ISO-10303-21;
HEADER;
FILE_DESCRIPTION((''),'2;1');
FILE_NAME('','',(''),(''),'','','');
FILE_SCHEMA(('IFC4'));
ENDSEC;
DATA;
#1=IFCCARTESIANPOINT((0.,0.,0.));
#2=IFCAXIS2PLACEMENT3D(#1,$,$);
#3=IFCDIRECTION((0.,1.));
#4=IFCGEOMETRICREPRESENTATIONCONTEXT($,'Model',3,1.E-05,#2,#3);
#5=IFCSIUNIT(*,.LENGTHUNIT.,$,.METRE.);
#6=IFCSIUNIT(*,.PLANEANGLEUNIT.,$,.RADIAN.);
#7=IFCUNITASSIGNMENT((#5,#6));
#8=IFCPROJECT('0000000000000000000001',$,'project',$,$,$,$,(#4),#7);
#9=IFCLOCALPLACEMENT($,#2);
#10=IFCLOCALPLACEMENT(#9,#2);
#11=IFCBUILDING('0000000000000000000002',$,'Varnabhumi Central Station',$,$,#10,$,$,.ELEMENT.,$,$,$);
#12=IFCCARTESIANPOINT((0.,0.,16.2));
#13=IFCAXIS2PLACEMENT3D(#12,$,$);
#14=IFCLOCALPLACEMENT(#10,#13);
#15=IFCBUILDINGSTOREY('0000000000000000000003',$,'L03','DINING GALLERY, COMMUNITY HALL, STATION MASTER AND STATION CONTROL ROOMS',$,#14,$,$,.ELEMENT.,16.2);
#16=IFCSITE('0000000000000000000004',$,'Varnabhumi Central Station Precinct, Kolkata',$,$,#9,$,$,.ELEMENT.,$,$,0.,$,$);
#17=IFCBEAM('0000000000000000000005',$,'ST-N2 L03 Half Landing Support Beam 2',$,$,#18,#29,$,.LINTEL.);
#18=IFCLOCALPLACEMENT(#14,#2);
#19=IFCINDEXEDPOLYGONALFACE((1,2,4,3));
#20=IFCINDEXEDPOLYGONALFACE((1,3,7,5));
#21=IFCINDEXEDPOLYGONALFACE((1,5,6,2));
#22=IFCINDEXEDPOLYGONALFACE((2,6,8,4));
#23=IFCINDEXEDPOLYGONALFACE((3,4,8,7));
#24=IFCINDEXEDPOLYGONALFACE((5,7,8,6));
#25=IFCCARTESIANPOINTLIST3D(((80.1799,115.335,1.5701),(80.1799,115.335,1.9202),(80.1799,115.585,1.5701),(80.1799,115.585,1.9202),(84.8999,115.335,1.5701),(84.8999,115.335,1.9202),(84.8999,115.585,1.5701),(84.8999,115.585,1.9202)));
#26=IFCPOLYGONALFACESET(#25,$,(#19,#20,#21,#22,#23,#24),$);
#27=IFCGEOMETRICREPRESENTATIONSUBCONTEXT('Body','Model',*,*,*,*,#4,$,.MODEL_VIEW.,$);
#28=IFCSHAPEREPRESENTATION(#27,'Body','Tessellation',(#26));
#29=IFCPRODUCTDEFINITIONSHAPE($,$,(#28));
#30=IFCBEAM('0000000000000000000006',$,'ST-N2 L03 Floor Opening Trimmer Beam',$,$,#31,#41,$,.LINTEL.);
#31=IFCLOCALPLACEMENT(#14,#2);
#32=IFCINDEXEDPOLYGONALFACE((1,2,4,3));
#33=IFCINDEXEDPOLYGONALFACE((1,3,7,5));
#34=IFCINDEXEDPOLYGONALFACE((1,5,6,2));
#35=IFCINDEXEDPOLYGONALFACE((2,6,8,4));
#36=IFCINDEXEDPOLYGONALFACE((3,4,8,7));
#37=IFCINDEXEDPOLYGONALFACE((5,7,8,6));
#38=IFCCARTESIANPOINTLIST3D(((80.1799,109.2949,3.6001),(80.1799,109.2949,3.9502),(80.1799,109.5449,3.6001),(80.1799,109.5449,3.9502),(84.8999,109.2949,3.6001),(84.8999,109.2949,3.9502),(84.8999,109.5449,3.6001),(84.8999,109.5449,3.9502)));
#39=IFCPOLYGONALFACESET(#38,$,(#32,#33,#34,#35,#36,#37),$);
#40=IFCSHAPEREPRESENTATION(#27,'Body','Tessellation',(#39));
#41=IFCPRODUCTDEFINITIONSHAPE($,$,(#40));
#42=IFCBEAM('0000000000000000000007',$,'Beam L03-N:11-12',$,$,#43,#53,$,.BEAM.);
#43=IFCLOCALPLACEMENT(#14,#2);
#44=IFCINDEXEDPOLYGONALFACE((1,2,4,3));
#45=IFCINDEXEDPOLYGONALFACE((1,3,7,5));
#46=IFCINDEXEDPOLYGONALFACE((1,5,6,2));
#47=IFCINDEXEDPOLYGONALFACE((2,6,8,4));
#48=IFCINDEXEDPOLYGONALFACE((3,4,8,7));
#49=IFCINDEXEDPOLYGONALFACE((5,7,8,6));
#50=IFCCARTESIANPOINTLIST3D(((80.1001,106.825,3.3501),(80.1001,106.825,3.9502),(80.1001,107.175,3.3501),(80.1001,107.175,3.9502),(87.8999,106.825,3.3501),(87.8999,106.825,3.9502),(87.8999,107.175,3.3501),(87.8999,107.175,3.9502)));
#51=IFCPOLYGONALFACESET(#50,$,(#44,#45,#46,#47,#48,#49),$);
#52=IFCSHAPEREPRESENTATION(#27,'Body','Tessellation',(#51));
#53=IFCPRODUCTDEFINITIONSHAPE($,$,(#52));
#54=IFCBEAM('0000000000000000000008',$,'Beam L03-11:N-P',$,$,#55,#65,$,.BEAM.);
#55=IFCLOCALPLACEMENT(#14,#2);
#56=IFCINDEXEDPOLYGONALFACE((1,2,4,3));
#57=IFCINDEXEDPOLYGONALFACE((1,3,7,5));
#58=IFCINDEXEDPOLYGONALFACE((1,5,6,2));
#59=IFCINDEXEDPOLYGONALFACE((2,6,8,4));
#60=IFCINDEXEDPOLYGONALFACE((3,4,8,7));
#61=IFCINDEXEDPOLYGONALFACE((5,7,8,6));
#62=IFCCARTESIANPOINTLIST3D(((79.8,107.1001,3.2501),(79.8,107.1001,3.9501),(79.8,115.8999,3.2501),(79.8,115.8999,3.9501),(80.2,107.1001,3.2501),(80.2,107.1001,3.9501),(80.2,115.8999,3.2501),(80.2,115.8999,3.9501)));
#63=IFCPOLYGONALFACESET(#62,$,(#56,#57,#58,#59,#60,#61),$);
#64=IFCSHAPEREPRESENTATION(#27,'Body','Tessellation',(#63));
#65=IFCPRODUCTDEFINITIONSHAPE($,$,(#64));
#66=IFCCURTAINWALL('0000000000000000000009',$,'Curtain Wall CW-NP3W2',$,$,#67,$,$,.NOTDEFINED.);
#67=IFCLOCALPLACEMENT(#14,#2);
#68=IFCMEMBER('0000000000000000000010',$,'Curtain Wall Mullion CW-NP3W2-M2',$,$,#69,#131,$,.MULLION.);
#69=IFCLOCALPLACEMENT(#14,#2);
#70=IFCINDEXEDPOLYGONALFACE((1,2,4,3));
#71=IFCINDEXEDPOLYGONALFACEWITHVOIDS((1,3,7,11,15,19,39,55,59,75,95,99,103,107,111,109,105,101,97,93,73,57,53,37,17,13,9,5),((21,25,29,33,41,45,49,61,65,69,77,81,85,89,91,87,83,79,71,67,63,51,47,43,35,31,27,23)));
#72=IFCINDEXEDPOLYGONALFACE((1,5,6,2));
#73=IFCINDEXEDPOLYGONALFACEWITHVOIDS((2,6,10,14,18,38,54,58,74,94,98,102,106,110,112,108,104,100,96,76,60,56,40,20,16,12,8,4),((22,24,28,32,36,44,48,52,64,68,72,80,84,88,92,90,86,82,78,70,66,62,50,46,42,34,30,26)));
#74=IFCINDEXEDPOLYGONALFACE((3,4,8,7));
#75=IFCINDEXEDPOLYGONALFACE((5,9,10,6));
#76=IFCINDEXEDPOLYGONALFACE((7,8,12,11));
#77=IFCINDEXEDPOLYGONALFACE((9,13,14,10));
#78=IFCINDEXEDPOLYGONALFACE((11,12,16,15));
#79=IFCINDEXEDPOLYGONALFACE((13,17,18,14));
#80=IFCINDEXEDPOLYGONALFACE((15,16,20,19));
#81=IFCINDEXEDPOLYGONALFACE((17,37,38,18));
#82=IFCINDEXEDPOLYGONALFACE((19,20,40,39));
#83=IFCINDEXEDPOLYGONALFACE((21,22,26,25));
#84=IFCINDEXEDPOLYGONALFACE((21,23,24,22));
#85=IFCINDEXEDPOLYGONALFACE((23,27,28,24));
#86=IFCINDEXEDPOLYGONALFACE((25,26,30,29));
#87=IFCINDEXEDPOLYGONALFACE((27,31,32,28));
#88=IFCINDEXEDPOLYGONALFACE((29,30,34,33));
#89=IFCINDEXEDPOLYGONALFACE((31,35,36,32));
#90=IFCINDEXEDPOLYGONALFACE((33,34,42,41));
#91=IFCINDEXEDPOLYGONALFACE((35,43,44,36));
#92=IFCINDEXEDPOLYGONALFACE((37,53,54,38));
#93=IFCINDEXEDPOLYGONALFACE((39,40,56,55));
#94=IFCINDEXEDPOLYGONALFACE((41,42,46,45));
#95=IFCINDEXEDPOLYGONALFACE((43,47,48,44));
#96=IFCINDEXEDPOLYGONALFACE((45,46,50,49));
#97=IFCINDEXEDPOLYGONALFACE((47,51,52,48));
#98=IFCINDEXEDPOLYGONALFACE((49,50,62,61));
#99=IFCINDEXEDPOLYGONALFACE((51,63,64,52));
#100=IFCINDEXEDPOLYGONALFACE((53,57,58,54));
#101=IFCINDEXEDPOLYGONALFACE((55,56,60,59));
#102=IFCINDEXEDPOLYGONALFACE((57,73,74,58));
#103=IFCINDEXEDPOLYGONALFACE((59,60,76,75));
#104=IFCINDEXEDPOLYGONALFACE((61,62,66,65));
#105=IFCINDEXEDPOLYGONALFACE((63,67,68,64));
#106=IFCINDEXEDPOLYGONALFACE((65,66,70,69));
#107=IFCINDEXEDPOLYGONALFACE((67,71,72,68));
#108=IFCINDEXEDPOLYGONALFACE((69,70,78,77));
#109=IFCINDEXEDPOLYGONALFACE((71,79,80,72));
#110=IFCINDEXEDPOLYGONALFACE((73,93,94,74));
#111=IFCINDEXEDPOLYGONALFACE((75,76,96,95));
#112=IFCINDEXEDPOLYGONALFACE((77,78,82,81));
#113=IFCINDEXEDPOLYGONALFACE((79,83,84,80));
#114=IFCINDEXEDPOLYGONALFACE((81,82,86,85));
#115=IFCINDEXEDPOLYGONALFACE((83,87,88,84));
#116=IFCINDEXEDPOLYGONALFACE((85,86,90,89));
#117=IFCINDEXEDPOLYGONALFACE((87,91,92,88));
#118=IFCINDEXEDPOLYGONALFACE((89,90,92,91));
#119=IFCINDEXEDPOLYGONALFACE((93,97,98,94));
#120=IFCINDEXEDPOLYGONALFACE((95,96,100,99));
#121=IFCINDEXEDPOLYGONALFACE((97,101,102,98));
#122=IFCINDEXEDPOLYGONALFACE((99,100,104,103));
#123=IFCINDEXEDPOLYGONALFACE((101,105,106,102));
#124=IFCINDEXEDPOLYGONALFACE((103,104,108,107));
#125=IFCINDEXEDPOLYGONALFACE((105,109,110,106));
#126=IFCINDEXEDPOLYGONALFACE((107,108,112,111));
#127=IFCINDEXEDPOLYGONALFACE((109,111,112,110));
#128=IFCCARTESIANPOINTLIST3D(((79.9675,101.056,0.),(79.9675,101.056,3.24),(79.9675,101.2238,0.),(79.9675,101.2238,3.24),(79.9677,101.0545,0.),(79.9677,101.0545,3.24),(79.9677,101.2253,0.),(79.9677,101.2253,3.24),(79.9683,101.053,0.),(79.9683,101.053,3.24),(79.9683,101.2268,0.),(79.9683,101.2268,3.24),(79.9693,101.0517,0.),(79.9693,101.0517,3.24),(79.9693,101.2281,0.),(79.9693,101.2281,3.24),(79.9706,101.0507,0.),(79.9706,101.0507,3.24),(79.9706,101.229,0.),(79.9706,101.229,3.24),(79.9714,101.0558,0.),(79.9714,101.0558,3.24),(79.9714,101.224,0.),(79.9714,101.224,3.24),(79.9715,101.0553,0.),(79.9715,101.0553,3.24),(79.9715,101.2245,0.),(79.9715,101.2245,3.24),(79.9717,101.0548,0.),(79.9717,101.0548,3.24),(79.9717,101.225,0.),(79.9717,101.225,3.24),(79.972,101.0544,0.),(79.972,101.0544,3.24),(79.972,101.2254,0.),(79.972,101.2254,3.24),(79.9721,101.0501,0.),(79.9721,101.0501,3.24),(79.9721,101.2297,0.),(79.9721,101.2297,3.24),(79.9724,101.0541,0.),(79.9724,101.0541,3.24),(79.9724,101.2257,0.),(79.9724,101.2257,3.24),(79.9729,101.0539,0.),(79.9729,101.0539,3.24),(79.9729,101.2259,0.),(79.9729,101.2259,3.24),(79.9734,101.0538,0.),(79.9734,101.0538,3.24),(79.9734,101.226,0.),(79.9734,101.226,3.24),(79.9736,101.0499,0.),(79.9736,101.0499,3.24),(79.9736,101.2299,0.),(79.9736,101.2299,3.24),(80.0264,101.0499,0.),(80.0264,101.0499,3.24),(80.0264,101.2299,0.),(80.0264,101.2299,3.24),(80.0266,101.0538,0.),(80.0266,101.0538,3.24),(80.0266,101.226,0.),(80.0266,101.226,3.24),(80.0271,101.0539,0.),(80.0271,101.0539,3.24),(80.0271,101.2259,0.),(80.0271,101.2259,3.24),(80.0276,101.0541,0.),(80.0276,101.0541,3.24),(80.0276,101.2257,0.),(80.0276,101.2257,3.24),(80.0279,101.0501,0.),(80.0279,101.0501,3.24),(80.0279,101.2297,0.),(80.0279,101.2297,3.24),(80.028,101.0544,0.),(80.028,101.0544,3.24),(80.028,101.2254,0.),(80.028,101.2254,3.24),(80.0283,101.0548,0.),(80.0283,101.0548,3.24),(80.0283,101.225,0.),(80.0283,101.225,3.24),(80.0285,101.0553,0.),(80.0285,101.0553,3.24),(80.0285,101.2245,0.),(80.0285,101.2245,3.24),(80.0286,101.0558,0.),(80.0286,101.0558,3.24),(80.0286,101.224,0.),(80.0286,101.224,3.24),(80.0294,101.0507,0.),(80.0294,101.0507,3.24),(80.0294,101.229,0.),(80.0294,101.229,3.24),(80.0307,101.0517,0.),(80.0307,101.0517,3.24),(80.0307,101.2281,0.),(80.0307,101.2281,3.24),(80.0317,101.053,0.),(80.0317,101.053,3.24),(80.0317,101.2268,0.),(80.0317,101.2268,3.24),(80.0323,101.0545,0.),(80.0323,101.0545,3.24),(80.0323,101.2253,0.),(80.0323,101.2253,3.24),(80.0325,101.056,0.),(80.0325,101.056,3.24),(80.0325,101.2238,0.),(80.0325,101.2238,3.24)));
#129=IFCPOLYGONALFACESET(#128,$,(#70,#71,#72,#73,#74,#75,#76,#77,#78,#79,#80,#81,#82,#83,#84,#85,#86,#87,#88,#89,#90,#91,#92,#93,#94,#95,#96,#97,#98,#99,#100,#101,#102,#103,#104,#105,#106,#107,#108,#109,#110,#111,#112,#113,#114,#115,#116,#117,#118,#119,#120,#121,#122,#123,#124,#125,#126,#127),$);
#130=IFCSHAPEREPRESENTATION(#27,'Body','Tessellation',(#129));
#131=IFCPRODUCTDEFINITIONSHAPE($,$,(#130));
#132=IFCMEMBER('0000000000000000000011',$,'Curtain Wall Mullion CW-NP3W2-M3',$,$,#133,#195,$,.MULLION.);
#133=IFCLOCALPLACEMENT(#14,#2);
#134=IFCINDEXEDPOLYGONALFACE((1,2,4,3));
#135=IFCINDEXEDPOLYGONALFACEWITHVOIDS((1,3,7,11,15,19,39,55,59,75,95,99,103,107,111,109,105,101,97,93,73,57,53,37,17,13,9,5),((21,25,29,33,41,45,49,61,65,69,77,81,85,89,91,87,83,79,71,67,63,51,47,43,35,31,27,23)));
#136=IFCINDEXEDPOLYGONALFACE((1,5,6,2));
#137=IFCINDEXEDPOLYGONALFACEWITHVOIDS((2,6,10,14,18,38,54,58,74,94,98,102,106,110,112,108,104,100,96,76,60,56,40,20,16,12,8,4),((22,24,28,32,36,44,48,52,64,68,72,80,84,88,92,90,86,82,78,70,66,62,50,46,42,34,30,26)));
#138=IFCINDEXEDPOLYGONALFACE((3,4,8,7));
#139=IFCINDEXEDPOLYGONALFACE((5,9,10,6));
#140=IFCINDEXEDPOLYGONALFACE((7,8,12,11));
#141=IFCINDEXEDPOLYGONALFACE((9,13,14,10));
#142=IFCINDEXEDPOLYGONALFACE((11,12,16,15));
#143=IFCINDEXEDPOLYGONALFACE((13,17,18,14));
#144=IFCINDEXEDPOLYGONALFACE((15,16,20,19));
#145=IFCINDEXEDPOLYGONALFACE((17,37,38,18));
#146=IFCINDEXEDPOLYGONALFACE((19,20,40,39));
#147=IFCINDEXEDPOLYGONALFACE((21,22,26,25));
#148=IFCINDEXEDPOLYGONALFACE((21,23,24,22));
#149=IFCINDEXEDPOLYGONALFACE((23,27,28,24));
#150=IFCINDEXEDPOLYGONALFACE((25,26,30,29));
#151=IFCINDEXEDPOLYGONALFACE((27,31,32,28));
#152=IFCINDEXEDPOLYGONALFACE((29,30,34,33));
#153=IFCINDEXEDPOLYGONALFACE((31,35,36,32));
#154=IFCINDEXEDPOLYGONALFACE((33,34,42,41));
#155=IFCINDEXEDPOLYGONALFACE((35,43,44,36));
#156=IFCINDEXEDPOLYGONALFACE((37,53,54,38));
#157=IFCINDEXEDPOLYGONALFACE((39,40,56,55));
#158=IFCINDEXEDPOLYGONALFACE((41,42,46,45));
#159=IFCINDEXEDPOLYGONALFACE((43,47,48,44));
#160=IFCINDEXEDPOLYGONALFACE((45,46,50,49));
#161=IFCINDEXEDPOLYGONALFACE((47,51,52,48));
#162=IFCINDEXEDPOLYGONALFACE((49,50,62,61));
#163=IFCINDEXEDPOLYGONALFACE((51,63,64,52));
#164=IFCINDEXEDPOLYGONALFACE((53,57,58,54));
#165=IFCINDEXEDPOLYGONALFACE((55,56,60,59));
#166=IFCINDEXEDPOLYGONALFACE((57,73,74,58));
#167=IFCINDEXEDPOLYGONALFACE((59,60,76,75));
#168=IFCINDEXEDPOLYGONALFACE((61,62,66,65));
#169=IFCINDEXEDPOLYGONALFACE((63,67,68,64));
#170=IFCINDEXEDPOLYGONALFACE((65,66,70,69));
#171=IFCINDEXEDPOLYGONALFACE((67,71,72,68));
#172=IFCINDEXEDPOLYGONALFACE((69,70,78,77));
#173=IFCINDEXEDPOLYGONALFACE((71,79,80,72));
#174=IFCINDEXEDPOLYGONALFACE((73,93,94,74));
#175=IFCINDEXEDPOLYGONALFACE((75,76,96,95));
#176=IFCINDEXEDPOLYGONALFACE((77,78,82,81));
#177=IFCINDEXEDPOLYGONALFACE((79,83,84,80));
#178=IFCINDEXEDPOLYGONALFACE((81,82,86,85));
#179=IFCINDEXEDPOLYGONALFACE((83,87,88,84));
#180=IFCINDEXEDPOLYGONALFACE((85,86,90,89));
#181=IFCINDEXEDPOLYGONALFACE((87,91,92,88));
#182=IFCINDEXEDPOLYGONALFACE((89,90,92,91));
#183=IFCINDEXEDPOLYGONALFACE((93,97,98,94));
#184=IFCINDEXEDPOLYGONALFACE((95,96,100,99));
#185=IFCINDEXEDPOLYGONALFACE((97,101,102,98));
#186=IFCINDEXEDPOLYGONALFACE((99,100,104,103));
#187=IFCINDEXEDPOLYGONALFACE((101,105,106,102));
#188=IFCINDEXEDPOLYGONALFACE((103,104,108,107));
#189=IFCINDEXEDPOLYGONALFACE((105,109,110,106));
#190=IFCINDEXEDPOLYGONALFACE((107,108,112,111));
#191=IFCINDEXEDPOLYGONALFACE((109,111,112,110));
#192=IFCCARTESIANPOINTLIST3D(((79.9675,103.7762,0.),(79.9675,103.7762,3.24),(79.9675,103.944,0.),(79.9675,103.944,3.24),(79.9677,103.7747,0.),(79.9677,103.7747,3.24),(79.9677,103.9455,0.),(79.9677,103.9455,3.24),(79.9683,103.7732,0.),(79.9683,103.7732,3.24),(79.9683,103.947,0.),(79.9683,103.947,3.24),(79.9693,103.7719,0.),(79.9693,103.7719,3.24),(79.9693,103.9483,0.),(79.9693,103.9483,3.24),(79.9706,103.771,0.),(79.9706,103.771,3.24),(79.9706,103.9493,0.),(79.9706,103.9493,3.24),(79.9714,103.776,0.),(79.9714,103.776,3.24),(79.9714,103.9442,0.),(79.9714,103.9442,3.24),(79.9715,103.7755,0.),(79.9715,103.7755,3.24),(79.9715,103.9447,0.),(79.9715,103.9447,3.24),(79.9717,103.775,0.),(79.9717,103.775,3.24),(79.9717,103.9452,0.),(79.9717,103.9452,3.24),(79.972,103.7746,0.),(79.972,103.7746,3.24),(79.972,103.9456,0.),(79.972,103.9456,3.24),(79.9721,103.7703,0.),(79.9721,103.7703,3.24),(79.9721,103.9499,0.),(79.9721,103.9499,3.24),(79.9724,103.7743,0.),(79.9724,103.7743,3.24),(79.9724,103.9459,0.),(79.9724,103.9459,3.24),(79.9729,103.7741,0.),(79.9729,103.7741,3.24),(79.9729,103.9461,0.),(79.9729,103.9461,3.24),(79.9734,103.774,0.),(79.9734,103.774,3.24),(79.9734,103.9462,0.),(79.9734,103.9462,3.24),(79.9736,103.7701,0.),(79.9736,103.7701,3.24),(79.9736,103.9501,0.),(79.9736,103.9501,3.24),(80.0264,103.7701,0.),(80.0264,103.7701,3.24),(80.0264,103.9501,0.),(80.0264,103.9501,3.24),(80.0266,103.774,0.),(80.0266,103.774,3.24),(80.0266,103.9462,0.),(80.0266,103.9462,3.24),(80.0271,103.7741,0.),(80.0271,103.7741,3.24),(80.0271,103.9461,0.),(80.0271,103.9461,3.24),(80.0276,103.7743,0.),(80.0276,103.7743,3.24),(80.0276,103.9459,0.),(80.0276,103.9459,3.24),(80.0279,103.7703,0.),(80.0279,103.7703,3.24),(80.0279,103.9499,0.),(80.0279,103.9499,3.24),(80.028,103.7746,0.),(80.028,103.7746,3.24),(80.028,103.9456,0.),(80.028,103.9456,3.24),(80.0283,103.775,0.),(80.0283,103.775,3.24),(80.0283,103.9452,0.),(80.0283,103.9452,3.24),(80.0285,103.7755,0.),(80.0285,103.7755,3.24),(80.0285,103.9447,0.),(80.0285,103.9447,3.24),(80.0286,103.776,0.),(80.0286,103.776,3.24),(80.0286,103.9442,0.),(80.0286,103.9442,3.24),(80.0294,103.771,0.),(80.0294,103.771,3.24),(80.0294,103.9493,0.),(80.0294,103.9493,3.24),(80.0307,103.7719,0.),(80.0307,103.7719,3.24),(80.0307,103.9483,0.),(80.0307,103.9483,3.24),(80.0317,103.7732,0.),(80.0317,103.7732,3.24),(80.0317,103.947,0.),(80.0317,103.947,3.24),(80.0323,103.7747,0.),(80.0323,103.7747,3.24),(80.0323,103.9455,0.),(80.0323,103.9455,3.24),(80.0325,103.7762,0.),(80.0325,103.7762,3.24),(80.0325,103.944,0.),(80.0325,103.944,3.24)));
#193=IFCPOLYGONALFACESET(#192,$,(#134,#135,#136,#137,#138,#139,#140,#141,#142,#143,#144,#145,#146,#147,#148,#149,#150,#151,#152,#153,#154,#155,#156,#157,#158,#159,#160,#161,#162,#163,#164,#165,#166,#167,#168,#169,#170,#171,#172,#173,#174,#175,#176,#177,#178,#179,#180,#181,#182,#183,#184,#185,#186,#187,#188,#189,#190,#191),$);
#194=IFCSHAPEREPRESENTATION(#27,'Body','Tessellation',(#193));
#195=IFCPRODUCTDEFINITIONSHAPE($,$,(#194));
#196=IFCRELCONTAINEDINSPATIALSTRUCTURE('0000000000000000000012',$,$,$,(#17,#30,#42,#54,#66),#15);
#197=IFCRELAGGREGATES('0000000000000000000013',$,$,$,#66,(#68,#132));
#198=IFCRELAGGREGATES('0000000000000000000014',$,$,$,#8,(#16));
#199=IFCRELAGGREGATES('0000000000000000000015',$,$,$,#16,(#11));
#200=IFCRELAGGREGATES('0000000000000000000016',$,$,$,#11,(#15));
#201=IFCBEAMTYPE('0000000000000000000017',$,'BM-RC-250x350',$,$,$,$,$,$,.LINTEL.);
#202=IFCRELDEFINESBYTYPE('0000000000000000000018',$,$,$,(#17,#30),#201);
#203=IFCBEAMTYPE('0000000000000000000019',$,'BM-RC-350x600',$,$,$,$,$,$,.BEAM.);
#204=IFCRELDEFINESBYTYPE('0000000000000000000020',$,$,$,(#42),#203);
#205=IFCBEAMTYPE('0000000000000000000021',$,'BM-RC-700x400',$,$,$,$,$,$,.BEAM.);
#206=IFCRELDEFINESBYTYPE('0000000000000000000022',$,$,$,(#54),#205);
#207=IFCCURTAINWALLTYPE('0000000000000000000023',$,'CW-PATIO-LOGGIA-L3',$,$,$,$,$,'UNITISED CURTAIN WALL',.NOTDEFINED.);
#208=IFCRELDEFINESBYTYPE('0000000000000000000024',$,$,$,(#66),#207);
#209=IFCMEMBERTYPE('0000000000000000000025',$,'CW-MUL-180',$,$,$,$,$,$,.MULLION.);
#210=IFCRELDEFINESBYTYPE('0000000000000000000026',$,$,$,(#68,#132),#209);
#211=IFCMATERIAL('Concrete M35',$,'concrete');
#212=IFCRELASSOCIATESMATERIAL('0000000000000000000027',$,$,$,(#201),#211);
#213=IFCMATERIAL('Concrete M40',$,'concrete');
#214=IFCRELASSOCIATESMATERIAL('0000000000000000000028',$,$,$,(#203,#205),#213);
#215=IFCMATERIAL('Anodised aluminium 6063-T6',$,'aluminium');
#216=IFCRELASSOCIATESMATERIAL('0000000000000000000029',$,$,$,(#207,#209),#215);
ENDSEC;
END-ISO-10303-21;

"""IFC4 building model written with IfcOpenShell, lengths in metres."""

from ifc_helpers import new_model, si_unit, direction, frame, origin, origin_2d, place, context, subcontext, project, spatial, rectangle, hollow_rectangle, extrude, material, material_profile, profile_set, type_object, element, aggregate, save


model = new_model("IFC4")

# Units and contexts
model_context = context("Model", 3, precision=1e-05, world=origin(), true_north=direction((0.0, 1.0)))
body_context = subcontext(model_context, "Body", "Model", "MODEL_VIEW")
ifc_project = project(units=[si_unit("LENGTHUNIT", "METRE"), si_unit("PLANEANGLEUNIT", "RADIAN")], contexts=[model_context])

# Site, building, storey
site_placement = place(None, origin())
site = spatial("IfcSite", under=ifc_project, at=site_placement, Name="Varnabhumi Central Station Precinct, Kolkata", CompositionType="ELEMENT", RefElevation=0.0)
building_placement = place(site_placement, origin())
building = spatial("IfcBuilding", under=site, at=building_placement, Name="Varnabhumi Central Station", CompositionType="ELEMENT")
storey_placement = place(building_placement, frame((0.0, 0.0, 16.2)))
storey = spatial("IfcBuildingStorey", under=building, at=storey_placement, Name="L03", Description="DINING GALLERY, COMMUNITY HALL, STATION MASTER AND STATION CONTROL ROOMS", CompositionType="ELEMENT", Elevation=16.2)

# Shared definitions
ifc_material_1 = material(Name="Concrete M40", Category="concrete")

# Beams
ifc_material_2 = material(Name="Concrete M35", Category="concrete")
ifc_material_profile_1 = material_profile(ifc_material_2, rectangle(XDim=0.25, YDim=0.3501, at=origin_2d()), Name="Concrete M35", Category="concrete")
ifc_profile_set_1 = profile_set([ifc_material_profile_1], Name="Concrete M35")
beam_type_1 = type_object("IfcBeamType", Name="BM-RC-250x350", PredefinedType="LINTEL", material=ifc_profile_set_1)
for number, where, z_axis, x_axis, name in (
    (1, (80.1799, 115.46, 1.7451), (1.0, 0.0, 0.0), (0.0, 1.0, 0.0), "ST-N2 L03 Half Landing Support Beam 2"),
    (2, (80.1799, 109.4199, 3.7751), (1.0, 0.0, 0.0), (0.0, 1.0, 0.0), "ST-N2 L03 Floor Opening Trimmer Beam"),
):
    element("IfcBeam", number, at=place(storey_placement, frame(where, z_axis=z_axis, x_axis=x_axis)), inside=storey, type_object=beam_type_1, Name=name, PredefinedType="LINTEL", context=body_context, shape_type="SweptSolid", body=[
        extrude(rectangle(XDim=0.25, YDim=0.3501, at=origin_2d()), origin(), (0.0, 0.0, 1.0), 4.72),
    ])
ifc_material_profile_2 = material_profile(ifc_material_1, rectangle(XDim=0.3501, YDim=0.6001, at=origin_2d()), Name="Concrete M40", Category="concrete")
ifc_profile_set_2 = profile_set([ifc_material_profile_2], Name="Concrete M40")
beam_type_2 = type_object("IfcBeamType", Name="BM-RC-350x600", PredefinedType="BEAM", material=ifc_profile_set_2)
beam_1_placement = place(storey_placement, frame((80.1001, 107.0, 3.6501), z_axis=(1.0, 0.0, 0.0), x_axis=(0.0, 1.0, 0.0)))
element("IfcBeam", 3, at=beam_1_placement, inside=storey, type_object=beam_type_2, Name="Beam L03-N:11-12", PredefinedType="BEAM", context=body_context, shape_type="SweptSolid", body=[
    extrude(rectangle(XDim=0.3501, YDim=0.6001, at=origin_2d()), origin(), (0.0, 0.0, 1.0), 7.7998),
])
ifc_material_profile_3 = material_profile(ifc_material_1, rectangle(XDim=0.3999, YDim=0.7, at=origin_2d()), Name="Concrete M40", Category="concrete")
ifc_profile_set_3 = profile_set([ifc_material_profile_3], Name="Concrete M40")
beam_type_3 = type_object("IfcBeamType", Name="BM-RC-700x400", PredefinedType="BEAM", material=ifc_profile_set_3)
beam_2_placement = place(storey_placement, frame((80.0, 107.1001, 3.6001), z_axis=(0.0, 1.0, 0.0), x_axis=(-1.0, 0.0, 0.0)))
element("IfcBeam", 4, at=beam_2_placement, inside=storey, type_object=beam_type_3, Name="Beam L03-11:N-P", PredefinedType="BEAM", context=body_context, shape_type="SweptSolid", body=[
    extrude(rectangle(XDim=0.3999, YDim=0.7, at=origin_2d()), origin(), (0.0, 0.0, 1.0), 8.7998),
])

# Curtain wall, members
ifc_material_3 = material(Name="Anodised aluminium 6063-T6", Category="aluminium")
curtain_wall_type = type_object("IfcCurtainWallType", Name="CW-PATIO-LOGGIA-L3", ElementType="UNITISED CURTAIN WALL", PredefinedType="NOTDEFINED", material=ifc_material_3)
curtain_wall_1_placement = place(storey_placement, origin())
curtain_wall_1 = element("IfcCurtainWall", 5, at=curtain_wall_1_placement, inside=storey, type_object=curtain_wall_type, Name="Curtain Wall CW-NP3W2", PredefinedType="NOTDEFINED")
ifc_material_profile_4 = material_profile(ifc_material_3, hollow_rectangle(XDim=0.0649, YDim=0.1799, WallThickness=0.0039, InnerFilletRadius=0.002, OuterFilletRadius=0.0061, at=origin_2d()), Name="Anodised aluminium 6063-T6", Category="aluminium")
ifc_profile_set_4 = profile_set([ifc_material_profile_4], Name="Anodised aluminium 6063-T6")
member_type = type_object("IfcMemberType", Name="CW-MUL-180", PredefinedType="MULLION", material=ifc_profile_set_4)
member_1_placement = place(storey_placement, frame((80.0, 101.1399, 0.0), z_axis=(0.0, 0.0, 1.0), x_axis=(1.0, 0.0, 0.0)))
member_1 = element("IfcMember", 6, at=member_1_placement, type_object=member_type, Name="Curtain Wall Mullion CW-NP3W2-M2", PredefinedType="MULLION", context=body_context, shape_type="SweptSolid", body=[
    extrude(hollow_rectangle(XDim=0.0649, YDim=0.1799, WallThickness=0.0039, InnerFilletRadius=0.002, OuterFilletRadius=0.0061, at=origin_2d()), origin(), (0.0, 0.0, 1.0), 3.24),
])
member_2_placement = place(storey_placement, frame((80.0, 103.8601, 0.0), z_axis=(0.0, 0.0, 1.0), x_axis=(1.0, 0.0, 0.0)))
member_2 = element("IfcMember", 7, at=member_2_placement, type_object=member_type, Name="Curtain Wall Mullion CW-NP3W2-M3", PredefinedType="MULLION", context=body_context, shape_type="SweptSolid", body=[
    extrude(hollow_rectangle(XDim=0.0649, YDim=0.1799, WallThickness=0.0039, InnerFilletRadius=0.002, OuterFilletRadius=0.0061, at=origin_2d()), origin(), (0.0, 0.0, 1.0), 3.24),
])

aggregate(curtain_wall_1, [member_1, member_2])

save(model, "model.ifc")
